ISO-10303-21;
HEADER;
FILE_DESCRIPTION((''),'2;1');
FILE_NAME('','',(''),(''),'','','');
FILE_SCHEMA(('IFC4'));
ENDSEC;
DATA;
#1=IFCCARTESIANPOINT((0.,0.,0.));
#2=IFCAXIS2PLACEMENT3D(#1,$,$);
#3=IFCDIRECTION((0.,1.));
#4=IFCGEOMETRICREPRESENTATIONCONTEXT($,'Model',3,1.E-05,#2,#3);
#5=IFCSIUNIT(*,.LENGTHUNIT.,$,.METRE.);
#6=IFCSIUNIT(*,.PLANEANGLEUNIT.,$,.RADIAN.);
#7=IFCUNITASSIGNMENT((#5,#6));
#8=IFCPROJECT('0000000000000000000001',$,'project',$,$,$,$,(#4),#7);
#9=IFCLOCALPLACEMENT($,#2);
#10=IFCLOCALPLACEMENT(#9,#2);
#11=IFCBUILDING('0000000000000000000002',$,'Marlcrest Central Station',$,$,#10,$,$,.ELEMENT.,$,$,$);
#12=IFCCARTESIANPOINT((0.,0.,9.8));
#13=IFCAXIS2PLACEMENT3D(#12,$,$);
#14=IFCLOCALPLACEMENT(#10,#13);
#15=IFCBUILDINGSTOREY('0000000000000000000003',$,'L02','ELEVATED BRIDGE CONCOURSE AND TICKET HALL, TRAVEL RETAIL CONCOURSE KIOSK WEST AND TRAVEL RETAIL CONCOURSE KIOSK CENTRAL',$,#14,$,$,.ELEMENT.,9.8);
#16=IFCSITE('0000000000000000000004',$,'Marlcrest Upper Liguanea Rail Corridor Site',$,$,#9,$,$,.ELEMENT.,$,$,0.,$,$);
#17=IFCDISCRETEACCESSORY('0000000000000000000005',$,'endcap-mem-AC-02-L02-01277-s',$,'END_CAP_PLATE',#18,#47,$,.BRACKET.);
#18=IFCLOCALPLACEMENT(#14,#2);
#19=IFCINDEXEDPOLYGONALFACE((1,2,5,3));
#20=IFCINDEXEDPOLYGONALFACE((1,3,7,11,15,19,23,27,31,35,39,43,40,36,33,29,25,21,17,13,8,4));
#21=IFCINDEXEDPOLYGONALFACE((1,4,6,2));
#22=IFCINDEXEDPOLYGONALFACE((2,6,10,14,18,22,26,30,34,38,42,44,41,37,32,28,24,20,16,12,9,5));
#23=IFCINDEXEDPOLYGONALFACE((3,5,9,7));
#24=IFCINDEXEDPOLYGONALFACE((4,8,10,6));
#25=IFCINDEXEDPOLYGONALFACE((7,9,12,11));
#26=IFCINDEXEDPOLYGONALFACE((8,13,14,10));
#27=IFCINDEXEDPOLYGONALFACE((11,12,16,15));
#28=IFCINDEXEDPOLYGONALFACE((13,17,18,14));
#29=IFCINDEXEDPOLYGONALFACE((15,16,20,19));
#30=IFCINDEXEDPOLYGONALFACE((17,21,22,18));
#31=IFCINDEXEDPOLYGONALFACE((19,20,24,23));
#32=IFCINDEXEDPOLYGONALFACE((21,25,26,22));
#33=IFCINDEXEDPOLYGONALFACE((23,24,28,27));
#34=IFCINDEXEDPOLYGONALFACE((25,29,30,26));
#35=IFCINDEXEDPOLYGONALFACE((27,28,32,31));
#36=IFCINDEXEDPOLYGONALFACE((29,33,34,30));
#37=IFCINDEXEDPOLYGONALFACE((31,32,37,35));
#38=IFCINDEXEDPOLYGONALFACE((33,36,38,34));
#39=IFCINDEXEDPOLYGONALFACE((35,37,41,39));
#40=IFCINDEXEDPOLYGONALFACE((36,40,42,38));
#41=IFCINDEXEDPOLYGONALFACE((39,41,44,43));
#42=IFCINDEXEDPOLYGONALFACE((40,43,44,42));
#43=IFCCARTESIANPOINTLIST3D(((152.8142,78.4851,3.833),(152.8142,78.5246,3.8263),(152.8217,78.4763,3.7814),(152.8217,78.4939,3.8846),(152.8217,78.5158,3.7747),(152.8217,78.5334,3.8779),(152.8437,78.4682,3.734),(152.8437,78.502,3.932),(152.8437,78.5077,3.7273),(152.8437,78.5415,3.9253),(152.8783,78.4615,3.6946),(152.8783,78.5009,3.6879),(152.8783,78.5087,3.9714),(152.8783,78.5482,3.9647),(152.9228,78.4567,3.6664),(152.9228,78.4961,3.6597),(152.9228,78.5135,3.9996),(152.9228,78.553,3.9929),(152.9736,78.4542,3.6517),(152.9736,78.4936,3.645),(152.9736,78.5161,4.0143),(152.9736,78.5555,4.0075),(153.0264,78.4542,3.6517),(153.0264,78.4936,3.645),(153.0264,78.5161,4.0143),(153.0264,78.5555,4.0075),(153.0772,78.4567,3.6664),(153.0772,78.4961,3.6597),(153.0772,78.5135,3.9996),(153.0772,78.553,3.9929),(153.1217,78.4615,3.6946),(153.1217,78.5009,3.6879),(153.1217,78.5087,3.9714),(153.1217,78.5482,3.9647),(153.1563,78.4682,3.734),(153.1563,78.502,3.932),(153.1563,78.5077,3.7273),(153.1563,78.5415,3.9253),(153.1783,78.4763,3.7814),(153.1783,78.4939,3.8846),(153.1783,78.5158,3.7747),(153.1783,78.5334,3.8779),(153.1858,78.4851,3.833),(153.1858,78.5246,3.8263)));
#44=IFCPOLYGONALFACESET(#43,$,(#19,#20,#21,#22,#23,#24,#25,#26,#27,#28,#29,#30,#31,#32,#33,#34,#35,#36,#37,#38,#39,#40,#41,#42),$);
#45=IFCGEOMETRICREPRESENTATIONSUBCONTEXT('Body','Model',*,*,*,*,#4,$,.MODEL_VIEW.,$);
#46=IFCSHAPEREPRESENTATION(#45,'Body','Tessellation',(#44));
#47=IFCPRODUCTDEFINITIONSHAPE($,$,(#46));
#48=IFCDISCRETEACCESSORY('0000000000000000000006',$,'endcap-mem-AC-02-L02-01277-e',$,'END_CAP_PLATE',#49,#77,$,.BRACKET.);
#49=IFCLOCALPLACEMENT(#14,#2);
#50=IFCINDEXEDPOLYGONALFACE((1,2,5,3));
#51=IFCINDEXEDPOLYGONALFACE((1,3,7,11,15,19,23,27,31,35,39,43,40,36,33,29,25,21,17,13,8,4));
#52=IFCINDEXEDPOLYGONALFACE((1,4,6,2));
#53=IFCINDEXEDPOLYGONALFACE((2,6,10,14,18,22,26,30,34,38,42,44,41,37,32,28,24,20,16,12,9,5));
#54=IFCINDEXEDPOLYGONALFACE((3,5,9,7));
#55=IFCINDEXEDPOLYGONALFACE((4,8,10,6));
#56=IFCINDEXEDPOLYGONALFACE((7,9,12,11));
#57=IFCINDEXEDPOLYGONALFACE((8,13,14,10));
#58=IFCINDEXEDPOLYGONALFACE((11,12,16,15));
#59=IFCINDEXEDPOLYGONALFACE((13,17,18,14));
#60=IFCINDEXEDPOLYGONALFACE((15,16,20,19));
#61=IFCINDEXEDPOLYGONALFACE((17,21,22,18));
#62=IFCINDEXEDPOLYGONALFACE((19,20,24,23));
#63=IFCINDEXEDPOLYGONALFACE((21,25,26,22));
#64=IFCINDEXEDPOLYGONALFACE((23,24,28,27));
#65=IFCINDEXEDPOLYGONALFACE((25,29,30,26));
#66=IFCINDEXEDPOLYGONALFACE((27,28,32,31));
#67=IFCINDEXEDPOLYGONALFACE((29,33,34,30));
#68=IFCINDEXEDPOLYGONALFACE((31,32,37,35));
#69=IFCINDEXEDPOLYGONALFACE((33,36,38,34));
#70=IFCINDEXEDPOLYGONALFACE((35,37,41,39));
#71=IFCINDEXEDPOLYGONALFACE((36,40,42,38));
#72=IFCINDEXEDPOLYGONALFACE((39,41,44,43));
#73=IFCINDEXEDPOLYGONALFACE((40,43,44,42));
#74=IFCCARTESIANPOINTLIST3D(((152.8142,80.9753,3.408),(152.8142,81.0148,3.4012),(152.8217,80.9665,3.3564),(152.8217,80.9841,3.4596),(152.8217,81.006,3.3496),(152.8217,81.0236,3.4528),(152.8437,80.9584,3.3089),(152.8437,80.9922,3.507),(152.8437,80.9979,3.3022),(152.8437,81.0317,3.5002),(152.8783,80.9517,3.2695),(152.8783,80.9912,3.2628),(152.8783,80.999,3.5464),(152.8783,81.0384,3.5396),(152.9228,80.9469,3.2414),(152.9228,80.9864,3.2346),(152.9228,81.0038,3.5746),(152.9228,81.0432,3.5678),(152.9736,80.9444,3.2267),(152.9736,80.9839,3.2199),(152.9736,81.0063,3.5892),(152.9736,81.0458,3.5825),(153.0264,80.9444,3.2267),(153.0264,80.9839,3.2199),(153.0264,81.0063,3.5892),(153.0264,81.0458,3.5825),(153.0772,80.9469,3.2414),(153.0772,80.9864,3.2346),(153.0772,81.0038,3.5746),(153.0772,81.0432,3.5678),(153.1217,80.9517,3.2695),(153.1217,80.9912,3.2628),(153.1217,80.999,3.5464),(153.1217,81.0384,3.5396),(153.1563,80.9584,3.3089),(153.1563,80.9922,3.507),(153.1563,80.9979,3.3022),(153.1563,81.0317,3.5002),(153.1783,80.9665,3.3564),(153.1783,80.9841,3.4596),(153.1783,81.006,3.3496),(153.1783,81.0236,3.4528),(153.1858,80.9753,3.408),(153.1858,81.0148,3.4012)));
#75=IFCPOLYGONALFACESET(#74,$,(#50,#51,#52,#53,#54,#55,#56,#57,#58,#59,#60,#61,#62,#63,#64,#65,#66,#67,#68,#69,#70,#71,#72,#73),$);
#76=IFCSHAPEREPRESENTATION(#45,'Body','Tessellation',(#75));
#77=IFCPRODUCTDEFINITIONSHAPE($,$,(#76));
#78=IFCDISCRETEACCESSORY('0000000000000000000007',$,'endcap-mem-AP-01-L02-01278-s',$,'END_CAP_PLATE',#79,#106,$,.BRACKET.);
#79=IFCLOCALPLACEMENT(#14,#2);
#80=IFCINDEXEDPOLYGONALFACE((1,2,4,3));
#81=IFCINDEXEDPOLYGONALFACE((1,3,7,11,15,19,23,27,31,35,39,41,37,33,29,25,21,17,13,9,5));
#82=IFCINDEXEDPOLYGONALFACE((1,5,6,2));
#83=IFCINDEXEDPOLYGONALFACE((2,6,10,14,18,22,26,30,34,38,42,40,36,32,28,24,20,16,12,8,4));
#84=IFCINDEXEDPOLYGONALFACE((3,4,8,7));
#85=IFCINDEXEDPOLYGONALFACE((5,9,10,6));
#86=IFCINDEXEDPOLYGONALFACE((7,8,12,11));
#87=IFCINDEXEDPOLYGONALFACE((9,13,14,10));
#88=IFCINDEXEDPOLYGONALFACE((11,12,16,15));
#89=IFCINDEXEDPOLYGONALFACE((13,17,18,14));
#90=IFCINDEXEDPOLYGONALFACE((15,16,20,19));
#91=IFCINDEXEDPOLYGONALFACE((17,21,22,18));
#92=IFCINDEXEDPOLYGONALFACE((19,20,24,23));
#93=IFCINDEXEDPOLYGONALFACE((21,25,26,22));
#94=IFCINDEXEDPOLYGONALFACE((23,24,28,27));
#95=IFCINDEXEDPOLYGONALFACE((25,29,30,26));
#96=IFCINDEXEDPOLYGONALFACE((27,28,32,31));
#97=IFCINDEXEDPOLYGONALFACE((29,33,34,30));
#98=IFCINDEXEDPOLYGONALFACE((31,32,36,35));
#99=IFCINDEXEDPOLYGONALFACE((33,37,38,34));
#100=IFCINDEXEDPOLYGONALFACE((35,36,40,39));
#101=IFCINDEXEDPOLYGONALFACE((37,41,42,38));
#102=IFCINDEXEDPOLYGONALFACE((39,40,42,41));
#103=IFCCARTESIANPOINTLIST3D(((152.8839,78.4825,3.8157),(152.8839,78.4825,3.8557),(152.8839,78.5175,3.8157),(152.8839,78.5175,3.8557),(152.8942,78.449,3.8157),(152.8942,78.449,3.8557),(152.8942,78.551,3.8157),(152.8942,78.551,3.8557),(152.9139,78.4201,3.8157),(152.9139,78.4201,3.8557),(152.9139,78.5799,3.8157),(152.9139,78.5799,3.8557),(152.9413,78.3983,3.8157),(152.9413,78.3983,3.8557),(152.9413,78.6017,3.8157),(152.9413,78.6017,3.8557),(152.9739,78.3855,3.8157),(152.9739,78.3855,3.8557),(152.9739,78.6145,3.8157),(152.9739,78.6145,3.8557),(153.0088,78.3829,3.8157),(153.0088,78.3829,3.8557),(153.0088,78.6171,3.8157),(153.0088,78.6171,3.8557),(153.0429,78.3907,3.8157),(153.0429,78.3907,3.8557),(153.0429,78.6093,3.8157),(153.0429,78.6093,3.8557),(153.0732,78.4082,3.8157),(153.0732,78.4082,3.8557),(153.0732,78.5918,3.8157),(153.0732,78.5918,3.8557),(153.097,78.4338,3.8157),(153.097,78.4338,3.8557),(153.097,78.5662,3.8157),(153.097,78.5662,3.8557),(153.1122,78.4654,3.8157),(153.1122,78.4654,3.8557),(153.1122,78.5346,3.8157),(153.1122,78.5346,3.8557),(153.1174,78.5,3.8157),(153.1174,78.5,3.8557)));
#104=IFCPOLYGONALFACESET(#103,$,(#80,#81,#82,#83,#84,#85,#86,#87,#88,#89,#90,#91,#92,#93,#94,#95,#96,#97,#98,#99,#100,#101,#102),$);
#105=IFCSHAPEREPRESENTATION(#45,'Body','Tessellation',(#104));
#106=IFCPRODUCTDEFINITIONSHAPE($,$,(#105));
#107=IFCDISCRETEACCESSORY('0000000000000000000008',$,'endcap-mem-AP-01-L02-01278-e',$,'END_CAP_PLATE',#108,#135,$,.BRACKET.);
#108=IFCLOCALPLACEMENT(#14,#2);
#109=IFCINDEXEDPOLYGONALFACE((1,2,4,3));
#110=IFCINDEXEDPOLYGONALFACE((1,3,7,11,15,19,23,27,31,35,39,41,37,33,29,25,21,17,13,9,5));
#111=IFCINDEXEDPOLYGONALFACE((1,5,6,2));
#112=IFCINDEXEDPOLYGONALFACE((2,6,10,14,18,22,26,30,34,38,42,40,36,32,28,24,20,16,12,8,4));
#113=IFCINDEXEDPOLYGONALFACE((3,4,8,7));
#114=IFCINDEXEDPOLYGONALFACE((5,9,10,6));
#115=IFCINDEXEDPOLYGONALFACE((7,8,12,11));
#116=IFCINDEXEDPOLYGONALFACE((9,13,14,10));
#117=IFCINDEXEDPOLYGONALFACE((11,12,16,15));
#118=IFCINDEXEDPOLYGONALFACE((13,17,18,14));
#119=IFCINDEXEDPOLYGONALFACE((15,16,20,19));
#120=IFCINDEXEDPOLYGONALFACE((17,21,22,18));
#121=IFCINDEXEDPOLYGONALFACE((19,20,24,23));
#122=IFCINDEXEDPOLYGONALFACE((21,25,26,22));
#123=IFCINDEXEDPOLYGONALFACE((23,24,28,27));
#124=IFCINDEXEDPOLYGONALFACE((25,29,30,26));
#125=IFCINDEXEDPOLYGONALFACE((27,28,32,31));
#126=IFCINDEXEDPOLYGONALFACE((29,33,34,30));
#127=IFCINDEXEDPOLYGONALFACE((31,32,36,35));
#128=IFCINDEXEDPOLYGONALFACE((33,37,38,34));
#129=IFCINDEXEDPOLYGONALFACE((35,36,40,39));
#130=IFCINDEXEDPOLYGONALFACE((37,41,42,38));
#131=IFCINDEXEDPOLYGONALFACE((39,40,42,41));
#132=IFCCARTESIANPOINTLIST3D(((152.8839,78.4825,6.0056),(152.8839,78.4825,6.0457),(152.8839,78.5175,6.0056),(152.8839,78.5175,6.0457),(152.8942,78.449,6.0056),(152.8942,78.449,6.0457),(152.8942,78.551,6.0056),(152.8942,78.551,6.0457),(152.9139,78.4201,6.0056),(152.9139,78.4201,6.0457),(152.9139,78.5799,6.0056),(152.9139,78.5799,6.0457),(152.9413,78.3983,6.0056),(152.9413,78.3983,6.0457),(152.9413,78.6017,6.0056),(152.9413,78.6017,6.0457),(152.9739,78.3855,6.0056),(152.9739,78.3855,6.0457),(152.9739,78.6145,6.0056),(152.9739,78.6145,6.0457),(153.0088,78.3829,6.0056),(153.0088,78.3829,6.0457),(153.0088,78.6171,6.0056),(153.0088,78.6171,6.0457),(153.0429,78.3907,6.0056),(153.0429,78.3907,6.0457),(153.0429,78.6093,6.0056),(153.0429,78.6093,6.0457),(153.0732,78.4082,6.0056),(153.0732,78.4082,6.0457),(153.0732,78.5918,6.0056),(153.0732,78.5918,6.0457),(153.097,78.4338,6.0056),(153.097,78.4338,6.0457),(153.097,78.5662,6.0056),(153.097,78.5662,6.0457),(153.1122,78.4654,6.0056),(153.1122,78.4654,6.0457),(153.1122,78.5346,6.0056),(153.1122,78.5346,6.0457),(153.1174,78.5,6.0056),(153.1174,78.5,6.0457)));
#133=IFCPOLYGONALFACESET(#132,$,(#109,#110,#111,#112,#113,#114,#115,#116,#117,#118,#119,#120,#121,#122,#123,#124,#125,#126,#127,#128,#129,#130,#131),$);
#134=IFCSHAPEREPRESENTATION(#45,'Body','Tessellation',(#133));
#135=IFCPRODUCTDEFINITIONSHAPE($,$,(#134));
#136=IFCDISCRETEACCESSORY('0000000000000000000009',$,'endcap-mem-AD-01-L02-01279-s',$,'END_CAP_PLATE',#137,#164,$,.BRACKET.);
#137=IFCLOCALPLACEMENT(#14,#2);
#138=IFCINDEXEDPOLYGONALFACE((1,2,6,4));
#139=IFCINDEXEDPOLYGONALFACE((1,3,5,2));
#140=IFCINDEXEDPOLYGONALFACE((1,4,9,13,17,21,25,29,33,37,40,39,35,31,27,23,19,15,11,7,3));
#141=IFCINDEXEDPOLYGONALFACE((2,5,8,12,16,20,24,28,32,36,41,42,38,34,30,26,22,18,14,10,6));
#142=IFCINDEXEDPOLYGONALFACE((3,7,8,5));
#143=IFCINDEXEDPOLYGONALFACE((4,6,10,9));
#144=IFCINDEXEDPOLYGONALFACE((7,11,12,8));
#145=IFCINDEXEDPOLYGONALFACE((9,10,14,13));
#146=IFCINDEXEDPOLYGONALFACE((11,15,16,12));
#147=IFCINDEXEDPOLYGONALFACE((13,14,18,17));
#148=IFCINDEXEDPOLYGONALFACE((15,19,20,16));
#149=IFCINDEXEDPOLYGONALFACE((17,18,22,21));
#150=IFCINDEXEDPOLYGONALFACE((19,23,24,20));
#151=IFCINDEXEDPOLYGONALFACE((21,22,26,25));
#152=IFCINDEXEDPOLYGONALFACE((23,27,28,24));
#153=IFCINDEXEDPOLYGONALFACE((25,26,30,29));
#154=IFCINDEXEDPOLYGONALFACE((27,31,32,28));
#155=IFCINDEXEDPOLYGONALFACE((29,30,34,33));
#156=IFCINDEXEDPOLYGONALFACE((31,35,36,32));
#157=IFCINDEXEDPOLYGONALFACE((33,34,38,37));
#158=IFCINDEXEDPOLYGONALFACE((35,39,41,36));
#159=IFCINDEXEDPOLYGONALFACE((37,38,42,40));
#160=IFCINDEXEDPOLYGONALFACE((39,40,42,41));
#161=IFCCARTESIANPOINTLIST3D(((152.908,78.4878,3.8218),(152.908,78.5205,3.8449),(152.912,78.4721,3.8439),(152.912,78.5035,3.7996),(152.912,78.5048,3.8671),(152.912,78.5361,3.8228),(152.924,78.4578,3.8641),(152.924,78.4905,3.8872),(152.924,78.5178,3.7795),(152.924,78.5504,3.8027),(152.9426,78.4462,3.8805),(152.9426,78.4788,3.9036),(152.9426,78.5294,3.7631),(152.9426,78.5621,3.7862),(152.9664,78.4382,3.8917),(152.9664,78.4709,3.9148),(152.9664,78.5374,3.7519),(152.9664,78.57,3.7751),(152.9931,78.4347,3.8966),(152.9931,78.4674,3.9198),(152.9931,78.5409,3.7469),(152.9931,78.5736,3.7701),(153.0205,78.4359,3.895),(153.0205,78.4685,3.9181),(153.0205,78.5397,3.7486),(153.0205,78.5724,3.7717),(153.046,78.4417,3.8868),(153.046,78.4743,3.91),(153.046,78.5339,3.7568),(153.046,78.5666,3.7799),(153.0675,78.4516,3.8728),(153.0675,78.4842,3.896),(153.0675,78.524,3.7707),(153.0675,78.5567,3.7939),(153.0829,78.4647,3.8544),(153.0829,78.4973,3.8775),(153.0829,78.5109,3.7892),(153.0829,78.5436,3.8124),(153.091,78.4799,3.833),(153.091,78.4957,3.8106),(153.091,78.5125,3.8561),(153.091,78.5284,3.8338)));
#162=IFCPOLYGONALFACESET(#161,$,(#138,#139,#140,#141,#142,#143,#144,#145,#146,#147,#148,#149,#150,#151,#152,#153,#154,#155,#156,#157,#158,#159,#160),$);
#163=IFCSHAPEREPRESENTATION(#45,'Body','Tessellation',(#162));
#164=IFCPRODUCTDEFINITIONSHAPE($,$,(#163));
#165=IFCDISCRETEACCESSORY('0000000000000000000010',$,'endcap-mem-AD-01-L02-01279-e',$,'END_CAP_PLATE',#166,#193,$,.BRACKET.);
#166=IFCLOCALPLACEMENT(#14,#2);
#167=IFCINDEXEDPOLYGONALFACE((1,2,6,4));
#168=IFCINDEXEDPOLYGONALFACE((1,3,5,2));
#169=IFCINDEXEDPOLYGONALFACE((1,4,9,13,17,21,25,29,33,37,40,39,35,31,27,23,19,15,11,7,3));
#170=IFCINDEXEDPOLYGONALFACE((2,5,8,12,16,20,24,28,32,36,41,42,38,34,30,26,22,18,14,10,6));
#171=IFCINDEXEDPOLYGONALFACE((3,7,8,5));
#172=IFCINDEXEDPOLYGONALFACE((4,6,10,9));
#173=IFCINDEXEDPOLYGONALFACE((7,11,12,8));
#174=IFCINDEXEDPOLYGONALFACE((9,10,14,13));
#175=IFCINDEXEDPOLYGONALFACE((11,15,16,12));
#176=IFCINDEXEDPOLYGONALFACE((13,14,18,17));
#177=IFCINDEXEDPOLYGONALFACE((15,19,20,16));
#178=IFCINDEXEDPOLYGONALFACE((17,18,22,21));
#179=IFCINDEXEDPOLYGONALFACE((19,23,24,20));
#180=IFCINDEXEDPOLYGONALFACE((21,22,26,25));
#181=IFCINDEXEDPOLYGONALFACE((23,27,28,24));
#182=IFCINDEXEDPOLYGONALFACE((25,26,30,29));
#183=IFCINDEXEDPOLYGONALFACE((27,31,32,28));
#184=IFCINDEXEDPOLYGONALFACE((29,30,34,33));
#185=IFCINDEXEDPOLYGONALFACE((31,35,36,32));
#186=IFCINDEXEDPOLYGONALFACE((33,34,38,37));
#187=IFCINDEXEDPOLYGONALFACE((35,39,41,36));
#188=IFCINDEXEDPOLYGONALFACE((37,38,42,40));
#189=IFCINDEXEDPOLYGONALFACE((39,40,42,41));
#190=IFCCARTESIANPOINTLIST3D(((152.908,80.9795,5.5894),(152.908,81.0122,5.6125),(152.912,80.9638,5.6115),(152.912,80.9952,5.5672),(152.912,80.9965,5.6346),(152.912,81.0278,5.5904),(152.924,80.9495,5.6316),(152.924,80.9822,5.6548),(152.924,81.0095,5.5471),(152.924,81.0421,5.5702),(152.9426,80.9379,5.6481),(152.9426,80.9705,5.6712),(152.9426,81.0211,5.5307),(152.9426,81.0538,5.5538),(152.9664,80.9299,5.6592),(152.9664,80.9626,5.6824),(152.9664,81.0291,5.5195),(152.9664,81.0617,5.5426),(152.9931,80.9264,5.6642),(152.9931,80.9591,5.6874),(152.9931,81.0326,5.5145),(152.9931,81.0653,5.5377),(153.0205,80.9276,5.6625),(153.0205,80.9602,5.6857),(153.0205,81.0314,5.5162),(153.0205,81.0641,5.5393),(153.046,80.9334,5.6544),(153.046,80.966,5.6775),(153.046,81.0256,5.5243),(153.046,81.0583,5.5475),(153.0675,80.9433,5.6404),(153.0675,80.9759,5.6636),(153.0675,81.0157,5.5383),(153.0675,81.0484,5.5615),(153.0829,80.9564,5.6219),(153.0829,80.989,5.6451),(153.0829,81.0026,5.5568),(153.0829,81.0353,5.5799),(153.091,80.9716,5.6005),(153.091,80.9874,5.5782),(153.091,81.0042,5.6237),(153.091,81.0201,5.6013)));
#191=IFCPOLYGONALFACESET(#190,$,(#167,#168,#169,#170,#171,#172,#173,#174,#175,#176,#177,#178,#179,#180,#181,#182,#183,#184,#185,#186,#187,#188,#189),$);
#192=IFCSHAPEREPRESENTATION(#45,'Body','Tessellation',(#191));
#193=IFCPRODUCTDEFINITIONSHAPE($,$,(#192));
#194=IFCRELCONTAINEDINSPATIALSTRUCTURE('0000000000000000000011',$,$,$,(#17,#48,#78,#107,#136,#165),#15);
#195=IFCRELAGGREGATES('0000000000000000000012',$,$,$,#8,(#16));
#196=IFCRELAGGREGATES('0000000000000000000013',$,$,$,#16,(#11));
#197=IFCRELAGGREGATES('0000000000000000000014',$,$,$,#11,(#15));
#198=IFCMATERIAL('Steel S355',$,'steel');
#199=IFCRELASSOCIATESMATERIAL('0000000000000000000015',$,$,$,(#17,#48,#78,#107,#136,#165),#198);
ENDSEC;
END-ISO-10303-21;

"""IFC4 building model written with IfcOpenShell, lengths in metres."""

from ifc_helpers import new_model, si_unit, direction, frame, origin, origin_2d, place, context, subcontext, project, spatial, circle, extrude, material, element, save


model = new_model("IFC4")

# Units and contexts
model_context = context("Model", 3, precision=1e-05, world=origin(), true_north=direction((0.0, 1.0)))
body_context = subcontext(model_context, "Body", "Model", "MODEL_VIEW")
ifc_project = project(units=[si_unit("LENGTHUNIT", "METRE"), si_unit("PLANEANGLEUNIT", "RADIAN")], contexts=[model_context])

# Site, building, storey
site_placement = place(None, origin())
site = spatial("IfcSite", under=ifc_project, at=site_placement, Name="Marlcrest Upper Liguanea Rail Corridor Site", CompositionType="ELEMENT", RefElevation=0.0)
building_placement = place(site_placement, origin())
building = spatial("IfcBuilding", under=site, at=building_placement, Name="Marlcrest Central Station", CompositionType="ELEMENT")
storey_placement = place(building_placement, frame((0.0, 0.0, 9.8)))
storey = spatial("IfcBuildingStorey", under=building, at=storey_placement, Name="L02", Description="ELEVATED BRIDGE CONCOURSE AND TICKET HALL, TRAVEL RETAIL CONCOURSE KIOSK WEST AND TRAVEL RETAIL CONCOURSE KIOSK CENTRAL", CompositionType="ELEMENT", Elevation=9.8)

# Shared definitions
ifc_material_1 = material(Name="Steel S355", Category="steel")

# Discrete accessories
for number, where, z_axis, x_axis, name in (
    (1, (153.0, 78.4851, 3.833), (0.0, 0.985741, -0.168269), (-1.0, 0.0, 0.0), "endcap-mem-AC-02-L02-01277-s"),
    (2, (153.0, 80.9753, 3.408), (0.0, 0.985741, -0.168269), (-1.0, 0.0, 0.0), "endcap-mem-AC-02-L02-01277-e"),
):
    element("IfcDiscreteAccessory", number, at=place(storey_placement, frame(where, z_axis=z_axis, x_axis=x_axis)), inside=storey, material=ifc_material_1, Name=name, ObjectType="END_CAP_PLATE", PredefinedType="BRACKET", context=body_context, shape_type="SweptSolid", body=[
        extrude(circle(Radius=0.1858, at=origin_2d()), origin(), (0.0, 0.0, 1.0), 0.04),
    ])
for number, where, z_axis, x_axis, name in (
    (3, (153.0, 78.5, 3.8157), (0.0, 0.0, 1.0), (1.0, 0.0, 0.0), "endcap-mem-AP-01-L02-01278-s"),
    (4, (153.0, 78.5, 6.0056), (0.0, 0.0, 1.0), (1.0, 0.0, 0.0), "endcap-mem-AP-01-L02-01278-e"),
):
    element("IfcDiscreteAccessory", number, at=place(storey_placement, frame(where, z_axis=z_axis, x_axis=x_axis)), inside=storey, material=ifc_material_1, Name=name, ObjectType="END_CAP_PLATE", PredefinedType="BRACKET", context=body_context, shape_type="SweptSolid", body=[
        extrude(circle(Radius=0.1174, at=origin_2d()), origin(), (0.0, 0.0, 1.0), 0.04),
    ])
for number, where, z_axis, x_axis, name in (
    (5, (153.0, 78.4878, 3.8218), (0.0, 0.815661, 0.57853), (-1.0, 0.0, 0.0), "endcap-mem-AD-01-L02-01279-s"),
    (6, (153.0, 80.9795, 5.5894), (0.0, 0.815661, 0.57853), (-1.0, 0.0, 0.0), "endcap-mem-AD-01-L02-01279-e"),
):
    element("IfcDiscreteAccessory", number, at=place(storey_placement, frame(where, z_axis=z_axis, x_axis=x_axis)), inside=storey, material=ifc_material_1, Name=name, ObjectType="END_CAP_PLATE", PredefinedType="BRACKET", context=body_context, shape_type="SweptSolid", body=[
        extrude(circle(Radius=0.092, at=origin_2d()), origin(), (0.0, 0.0, 1.0), 0.04),
    ])

save(model, "model.ifc")
